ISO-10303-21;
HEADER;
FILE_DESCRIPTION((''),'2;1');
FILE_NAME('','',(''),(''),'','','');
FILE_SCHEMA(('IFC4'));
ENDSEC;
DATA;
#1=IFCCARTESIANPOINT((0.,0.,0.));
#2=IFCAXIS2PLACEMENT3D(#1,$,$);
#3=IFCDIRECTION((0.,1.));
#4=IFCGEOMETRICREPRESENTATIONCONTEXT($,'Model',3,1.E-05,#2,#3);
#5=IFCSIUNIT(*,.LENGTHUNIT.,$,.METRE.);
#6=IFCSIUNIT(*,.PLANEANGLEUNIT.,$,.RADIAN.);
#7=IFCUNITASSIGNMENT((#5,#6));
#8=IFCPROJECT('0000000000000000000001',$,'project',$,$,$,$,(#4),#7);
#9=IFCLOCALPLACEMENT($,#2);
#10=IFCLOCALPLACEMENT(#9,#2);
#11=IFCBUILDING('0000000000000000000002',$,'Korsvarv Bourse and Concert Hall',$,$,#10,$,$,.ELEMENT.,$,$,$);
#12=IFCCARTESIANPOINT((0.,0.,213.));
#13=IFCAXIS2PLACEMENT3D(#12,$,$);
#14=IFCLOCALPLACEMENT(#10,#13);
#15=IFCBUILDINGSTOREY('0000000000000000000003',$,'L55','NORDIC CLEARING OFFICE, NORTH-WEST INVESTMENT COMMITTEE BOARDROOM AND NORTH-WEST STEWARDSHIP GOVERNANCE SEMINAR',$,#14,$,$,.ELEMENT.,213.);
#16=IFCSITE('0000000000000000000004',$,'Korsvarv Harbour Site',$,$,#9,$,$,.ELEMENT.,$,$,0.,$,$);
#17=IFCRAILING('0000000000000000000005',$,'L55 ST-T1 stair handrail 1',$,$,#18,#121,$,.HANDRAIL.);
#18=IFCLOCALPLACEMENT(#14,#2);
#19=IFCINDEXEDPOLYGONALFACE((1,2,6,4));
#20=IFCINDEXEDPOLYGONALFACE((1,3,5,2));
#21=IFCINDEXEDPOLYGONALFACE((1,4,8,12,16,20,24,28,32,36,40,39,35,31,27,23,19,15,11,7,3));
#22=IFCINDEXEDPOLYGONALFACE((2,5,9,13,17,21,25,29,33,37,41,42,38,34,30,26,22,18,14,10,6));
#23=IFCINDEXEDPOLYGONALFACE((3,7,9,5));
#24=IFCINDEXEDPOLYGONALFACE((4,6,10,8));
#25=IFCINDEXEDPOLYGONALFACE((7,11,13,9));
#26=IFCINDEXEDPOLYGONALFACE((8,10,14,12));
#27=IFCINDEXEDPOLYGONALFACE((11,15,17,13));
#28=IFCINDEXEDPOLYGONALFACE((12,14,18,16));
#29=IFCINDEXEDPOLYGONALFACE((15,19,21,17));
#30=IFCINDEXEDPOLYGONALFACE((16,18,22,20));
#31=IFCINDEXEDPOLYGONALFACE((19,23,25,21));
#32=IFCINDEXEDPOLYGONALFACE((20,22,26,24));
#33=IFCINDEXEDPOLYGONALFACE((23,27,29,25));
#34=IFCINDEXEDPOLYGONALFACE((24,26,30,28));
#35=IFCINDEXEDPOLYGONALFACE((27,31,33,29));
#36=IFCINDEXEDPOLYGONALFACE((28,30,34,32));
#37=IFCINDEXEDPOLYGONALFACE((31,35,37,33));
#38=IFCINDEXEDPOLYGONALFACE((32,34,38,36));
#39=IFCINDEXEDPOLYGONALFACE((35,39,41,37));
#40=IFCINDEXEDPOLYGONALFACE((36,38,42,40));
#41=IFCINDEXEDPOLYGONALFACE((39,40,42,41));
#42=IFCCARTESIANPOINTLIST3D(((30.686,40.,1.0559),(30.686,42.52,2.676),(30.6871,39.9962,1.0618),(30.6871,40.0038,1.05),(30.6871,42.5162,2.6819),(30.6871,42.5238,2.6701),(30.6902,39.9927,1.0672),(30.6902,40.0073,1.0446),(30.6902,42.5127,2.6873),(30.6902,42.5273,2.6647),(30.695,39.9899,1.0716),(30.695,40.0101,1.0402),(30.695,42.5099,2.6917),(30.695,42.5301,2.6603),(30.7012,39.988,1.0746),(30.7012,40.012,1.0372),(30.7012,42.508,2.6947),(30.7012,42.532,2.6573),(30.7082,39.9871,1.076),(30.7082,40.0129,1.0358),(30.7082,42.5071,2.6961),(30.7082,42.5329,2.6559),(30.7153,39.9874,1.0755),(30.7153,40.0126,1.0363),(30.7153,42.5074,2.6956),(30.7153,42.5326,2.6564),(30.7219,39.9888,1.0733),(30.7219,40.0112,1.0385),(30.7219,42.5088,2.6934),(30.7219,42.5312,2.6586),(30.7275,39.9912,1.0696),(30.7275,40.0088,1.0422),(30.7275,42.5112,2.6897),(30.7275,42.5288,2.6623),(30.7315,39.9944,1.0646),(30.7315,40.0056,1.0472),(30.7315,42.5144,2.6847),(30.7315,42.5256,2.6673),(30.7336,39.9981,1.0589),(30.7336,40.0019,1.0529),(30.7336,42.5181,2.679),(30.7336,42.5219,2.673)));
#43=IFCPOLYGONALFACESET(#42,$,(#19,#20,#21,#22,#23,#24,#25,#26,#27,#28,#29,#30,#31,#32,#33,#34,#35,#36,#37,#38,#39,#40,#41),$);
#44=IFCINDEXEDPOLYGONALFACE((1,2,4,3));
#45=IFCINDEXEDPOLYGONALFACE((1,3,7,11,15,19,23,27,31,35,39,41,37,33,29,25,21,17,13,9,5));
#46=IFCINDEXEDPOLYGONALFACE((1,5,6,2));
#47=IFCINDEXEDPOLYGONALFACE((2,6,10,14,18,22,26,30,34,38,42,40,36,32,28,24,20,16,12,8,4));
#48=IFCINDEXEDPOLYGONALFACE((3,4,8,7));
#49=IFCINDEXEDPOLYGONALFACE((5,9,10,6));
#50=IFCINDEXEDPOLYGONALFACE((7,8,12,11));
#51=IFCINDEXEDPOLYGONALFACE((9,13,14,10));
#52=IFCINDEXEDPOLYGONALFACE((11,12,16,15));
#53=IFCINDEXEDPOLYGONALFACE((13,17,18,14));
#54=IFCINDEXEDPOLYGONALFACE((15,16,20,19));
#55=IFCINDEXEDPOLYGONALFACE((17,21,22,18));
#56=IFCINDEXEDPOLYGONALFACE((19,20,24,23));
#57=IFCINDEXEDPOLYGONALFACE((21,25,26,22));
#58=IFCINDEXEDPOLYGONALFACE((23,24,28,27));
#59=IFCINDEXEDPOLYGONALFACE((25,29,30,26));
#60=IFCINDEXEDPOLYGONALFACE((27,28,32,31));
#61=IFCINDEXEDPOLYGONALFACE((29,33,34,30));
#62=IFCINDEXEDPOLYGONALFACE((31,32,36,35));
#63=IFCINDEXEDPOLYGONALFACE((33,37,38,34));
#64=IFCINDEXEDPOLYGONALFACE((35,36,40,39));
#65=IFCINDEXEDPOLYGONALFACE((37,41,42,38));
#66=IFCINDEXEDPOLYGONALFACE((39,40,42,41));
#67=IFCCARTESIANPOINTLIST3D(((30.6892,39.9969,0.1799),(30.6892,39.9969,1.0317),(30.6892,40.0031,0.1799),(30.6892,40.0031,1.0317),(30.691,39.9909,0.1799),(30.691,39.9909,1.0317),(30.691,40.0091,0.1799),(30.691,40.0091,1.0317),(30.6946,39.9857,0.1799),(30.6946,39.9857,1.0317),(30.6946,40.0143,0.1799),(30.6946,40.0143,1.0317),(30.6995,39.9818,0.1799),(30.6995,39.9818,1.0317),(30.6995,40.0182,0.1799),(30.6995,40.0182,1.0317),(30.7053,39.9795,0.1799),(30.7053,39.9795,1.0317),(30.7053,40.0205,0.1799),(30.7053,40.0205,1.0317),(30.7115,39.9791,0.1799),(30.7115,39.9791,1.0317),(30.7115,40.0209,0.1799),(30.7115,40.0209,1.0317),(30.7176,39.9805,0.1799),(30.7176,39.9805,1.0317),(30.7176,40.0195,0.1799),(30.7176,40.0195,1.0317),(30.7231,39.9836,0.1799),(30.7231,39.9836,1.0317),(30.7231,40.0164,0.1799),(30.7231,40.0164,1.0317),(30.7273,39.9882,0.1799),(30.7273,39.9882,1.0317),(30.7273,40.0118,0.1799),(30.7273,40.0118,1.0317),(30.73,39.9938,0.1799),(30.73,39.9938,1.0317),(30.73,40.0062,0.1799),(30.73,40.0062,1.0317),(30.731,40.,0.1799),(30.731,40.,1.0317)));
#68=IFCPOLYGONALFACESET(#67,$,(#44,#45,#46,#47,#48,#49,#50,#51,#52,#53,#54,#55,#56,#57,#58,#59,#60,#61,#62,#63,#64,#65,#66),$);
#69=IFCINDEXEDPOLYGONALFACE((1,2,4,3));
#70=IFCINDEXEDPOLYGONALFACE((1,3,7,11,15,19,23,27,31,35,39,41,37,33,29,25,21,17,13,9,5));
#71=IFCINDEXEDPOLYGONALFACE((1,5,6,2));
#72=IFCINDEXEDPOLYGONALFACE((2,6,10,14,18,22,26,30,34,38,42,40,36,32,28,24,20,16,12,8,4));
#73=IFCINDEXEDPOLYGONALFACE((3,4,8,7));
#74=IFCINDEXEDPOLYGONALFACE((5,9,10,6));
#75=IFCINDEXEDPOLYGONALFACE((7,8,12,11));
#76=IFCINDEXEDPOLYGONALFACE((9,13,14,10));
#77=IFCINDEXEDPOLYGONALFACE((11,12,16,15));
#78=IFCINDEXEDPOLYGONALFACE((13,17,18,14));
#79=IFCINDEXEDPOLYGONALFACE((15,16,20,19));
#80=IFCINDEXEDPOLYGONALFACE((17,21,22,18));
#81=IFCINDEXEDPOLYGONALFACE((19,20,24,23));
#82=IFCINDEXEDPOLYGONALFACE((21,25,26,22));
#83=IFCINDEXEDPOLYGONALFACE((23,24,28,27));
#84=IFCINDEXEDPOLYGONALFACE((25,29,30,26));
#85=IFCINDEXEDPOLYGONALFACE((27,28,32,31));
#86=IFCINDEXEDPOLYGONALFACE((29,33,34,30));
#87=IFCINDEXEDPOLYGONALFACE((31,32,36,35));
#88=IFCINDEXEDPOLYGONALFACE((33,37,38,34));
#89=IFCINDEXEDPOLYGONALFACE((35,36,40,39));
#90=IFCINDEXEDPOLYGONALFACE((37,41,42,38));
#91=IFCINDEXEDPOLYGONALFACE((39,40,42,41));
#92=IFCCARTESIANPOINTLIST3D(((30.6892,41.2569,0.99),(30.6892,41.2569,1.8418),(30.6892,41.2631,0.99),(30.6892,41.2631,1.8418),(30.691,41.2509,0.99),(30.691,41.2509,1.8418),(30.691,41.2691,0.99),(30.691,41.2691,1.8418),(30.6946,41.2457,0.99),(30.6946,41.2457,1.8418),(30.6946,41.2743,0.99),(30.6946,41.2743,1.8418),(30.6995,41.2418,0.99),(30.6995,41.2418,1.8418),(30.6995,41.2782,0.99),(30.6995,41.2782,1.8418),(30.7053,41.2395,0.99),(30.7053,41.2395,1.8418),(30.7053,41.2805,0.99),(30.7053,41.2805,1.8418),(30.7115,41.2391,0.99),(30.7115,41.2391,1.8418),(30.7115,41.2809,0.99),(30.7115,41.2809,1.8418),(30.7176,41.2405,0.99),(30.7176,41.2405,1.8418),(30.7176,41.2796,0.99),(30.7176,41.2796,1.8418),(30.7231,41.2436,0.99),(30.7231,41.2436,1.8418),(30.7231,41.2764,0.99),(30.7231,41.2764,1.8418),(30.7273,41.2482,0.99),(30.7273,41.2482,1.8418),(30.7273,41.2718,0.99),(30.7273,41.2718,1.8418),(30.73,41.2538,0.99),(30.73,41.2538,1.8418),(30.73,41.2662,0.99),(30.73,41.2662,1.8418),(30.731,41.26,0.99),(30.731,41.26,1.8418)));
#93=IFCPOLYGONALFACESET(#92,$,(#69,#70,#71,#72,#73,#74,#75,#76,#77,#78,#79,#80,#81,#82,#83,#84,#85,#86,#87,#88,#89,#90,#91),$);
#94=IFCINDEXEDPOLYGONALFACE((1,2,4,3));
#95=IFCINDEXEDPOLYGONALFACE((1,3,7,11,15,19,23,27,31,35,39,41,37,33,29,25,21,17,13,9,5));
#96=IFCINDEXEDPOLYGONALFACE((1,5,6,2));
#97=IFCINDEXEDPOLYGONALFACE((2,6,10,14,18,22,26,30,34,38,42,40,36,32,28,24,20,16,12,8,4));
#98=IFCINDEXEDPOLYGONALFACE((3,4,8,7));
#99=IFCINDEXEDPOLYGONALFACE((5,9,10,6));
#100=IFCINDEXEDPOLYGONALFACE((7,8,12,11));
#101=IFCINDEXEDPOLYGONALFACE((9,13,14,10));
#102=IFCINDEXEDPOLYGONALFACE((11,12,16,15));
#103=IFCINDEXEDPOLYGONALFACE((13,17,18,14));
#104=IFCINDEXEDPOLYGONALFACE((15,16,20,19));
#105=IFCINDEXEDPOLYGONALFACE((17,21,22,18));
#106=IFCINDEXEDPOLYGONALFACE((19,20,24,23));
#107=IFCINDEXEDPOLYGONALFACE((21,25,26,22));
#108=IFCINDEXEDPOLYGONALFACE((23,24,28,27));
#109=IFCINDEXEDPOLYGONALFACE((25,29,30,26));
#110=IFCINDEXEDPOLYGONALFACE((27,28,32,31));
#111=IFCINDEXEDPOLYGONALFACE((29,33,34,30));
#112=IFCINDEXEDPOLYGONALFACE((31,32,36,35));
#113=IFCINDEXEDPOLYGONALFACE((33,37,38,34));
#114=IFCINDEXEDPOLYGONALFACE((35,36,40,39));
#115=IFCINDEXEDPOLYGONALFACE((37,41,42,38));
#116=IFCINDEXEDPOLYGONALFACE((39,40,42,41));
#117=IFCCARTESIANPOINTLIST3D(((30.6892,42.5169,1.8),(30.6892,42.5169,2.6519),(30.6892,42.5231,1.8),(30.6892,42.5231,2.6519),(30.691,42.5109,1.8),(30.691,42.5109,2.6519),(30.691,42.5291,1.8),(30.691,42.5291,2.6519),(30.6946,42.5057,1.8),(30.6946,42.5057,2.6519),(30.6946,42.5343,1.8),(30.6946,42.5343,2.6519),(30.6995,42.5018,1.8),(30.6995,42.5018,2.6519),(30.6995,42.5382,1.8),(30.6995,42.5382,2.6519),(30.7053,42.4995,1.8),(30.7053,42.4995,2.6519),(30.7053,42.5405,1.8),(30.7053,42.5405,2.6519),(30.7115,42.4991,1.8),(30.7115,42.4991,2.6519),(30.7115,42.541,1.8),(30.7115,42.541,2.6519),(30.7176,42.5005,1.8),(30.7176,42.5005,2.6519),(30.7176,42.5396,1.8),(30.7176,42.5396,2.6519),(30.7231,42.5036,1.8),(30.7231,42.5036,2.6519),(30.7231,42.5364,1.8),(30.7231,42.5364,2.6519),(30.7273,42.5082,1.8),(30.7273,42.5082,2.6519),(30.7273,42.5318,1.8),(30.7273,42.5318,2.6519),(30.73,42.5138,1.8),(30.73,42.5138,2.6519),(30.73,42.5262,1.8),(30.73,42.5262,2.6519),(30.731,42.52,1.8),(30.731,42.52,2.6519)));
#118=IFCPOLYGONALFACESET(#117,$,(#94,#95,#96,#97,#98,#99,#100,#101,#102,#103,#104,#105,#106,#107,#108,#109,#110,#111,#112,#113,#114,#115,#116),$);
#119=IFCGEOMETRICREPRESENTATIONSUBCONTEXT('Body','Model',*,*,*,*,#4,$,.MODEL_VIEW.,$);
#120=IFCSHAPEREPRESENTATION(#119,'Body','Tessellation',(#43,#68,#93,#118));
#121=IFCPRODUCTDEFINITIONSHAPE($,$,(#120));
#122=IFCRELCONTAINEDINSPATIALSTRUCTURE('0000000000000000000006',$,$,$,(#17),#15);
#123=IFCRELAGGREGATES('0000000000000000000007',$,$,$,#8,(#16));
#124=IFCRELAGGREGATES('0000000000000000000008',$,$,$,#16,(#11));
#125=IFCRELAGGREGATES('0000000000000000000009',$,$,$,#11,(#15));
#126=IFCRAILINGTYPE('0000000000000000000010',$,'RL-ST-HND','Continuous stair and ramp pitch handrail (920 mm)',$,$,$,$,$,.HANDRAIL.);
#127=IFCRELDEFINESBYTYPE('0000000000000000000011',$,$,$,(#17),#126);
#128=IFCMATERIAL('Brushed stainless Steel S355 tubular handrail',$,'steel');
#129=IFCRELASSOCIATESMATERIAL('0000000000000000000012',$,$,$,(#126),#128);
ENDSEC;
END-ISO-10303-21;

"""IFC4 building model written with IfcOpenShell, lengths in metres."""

from ifc_helpers import new_model, si_unit, direction, frame, origin, origin_2d, place, context, subcontext, project, spatial, circle, extrude, material, type_object, element, save


model = new_model("IFC4")

# Units and contexts
model_context = context("Model", 3, precision=1e-05, world=origin(), true_north=direction((0.0, 1.0)))
body_context = subcontext(model_context, "Body", "Model", "MODEL_VIEW")
ifc_project = project(units=[si_unit("LENGTHUNIT", "METRE"), si_unit("PLANEANGLEUNIT", "RADIAN")], contexts=[model_context])

# Site, building, storey
site_placement = place(None, origin())
site = spatial("IfcSite", under=ifc_project, at=site_placement, Name="Korsvarv Harbour Site", CompositionType="ELEMENT", RefElevation=0.0)
building_placement = place(site_placement, origin())
building = spatial("IfcBuilding", under=site, at=building_placement, Name="Korsvarv Bourse and Concert Hall", CompositionType="ELEMENT")
storey_placement = place(building_placement, frame((0.0, 0.0, 213.0)))
storey = spatial("IfcBuildingStorey", under=building, at=storey_placement, Name="L55", Description="NORDIC CLEARING OFFICE, NORTH-WEST INVESTMENT COMMITTEE BOARDROOM AND NORTH-WEST STEWARDSHIP GOVERNANCE SEMINAR", CompositionType="ELEMENT", Elevation=213.0)

# Railing
ifc_material_1 = material(Name="Brushed stainless Steel S355 tubular handrail", Category="steel")
railing_type_1 = type_object("IfcRailingType", Name="RL-ST-HND", Description="Continuous stair and ramp pitch handrail (920 mm)", PredefinedType="HANDRAIL", material=ifc_material_1)
railing_1_placement = place(storey_placement, frame((30.71, 40.0, 0.1799)))
element("IfcRailing", 1, at=railing_1_placement, inside=storey, type_object=railing_type_1, Name="L55 ST-T1 stair handrail 1", PredefinedType="HANDRAIL", context=body_context, shape_type="SweptSolid", body=[
    extrude(circle(Radius=0.0239, at=origin_2d()), frame((0.0, 0.0, 0.876), z_axis=(0.0, 0.841163, 0.540782), x_axis=(-1.0, 0.0, 0.0)), (0.0, 0.0, 1.0), 2.9958),
    extrude(circle(Radius=0.021, at=origin_2d()), origin(), (0.0, 0.0, 1.0), 0.8518),
    extrude(circle(Radius=0.021, at=origin_2d()), frame((0.0, 1.26, 0.8101)), (0.0, 0.0, 1.0), 0.8518),
    extrude(circle(Radius=0.021, at=origin_2d()), frame((0.0, 2.52, 1.6201)), (0.0, 0.0, 1.0), 0.8518),
])

save(model, "model.ifc")
